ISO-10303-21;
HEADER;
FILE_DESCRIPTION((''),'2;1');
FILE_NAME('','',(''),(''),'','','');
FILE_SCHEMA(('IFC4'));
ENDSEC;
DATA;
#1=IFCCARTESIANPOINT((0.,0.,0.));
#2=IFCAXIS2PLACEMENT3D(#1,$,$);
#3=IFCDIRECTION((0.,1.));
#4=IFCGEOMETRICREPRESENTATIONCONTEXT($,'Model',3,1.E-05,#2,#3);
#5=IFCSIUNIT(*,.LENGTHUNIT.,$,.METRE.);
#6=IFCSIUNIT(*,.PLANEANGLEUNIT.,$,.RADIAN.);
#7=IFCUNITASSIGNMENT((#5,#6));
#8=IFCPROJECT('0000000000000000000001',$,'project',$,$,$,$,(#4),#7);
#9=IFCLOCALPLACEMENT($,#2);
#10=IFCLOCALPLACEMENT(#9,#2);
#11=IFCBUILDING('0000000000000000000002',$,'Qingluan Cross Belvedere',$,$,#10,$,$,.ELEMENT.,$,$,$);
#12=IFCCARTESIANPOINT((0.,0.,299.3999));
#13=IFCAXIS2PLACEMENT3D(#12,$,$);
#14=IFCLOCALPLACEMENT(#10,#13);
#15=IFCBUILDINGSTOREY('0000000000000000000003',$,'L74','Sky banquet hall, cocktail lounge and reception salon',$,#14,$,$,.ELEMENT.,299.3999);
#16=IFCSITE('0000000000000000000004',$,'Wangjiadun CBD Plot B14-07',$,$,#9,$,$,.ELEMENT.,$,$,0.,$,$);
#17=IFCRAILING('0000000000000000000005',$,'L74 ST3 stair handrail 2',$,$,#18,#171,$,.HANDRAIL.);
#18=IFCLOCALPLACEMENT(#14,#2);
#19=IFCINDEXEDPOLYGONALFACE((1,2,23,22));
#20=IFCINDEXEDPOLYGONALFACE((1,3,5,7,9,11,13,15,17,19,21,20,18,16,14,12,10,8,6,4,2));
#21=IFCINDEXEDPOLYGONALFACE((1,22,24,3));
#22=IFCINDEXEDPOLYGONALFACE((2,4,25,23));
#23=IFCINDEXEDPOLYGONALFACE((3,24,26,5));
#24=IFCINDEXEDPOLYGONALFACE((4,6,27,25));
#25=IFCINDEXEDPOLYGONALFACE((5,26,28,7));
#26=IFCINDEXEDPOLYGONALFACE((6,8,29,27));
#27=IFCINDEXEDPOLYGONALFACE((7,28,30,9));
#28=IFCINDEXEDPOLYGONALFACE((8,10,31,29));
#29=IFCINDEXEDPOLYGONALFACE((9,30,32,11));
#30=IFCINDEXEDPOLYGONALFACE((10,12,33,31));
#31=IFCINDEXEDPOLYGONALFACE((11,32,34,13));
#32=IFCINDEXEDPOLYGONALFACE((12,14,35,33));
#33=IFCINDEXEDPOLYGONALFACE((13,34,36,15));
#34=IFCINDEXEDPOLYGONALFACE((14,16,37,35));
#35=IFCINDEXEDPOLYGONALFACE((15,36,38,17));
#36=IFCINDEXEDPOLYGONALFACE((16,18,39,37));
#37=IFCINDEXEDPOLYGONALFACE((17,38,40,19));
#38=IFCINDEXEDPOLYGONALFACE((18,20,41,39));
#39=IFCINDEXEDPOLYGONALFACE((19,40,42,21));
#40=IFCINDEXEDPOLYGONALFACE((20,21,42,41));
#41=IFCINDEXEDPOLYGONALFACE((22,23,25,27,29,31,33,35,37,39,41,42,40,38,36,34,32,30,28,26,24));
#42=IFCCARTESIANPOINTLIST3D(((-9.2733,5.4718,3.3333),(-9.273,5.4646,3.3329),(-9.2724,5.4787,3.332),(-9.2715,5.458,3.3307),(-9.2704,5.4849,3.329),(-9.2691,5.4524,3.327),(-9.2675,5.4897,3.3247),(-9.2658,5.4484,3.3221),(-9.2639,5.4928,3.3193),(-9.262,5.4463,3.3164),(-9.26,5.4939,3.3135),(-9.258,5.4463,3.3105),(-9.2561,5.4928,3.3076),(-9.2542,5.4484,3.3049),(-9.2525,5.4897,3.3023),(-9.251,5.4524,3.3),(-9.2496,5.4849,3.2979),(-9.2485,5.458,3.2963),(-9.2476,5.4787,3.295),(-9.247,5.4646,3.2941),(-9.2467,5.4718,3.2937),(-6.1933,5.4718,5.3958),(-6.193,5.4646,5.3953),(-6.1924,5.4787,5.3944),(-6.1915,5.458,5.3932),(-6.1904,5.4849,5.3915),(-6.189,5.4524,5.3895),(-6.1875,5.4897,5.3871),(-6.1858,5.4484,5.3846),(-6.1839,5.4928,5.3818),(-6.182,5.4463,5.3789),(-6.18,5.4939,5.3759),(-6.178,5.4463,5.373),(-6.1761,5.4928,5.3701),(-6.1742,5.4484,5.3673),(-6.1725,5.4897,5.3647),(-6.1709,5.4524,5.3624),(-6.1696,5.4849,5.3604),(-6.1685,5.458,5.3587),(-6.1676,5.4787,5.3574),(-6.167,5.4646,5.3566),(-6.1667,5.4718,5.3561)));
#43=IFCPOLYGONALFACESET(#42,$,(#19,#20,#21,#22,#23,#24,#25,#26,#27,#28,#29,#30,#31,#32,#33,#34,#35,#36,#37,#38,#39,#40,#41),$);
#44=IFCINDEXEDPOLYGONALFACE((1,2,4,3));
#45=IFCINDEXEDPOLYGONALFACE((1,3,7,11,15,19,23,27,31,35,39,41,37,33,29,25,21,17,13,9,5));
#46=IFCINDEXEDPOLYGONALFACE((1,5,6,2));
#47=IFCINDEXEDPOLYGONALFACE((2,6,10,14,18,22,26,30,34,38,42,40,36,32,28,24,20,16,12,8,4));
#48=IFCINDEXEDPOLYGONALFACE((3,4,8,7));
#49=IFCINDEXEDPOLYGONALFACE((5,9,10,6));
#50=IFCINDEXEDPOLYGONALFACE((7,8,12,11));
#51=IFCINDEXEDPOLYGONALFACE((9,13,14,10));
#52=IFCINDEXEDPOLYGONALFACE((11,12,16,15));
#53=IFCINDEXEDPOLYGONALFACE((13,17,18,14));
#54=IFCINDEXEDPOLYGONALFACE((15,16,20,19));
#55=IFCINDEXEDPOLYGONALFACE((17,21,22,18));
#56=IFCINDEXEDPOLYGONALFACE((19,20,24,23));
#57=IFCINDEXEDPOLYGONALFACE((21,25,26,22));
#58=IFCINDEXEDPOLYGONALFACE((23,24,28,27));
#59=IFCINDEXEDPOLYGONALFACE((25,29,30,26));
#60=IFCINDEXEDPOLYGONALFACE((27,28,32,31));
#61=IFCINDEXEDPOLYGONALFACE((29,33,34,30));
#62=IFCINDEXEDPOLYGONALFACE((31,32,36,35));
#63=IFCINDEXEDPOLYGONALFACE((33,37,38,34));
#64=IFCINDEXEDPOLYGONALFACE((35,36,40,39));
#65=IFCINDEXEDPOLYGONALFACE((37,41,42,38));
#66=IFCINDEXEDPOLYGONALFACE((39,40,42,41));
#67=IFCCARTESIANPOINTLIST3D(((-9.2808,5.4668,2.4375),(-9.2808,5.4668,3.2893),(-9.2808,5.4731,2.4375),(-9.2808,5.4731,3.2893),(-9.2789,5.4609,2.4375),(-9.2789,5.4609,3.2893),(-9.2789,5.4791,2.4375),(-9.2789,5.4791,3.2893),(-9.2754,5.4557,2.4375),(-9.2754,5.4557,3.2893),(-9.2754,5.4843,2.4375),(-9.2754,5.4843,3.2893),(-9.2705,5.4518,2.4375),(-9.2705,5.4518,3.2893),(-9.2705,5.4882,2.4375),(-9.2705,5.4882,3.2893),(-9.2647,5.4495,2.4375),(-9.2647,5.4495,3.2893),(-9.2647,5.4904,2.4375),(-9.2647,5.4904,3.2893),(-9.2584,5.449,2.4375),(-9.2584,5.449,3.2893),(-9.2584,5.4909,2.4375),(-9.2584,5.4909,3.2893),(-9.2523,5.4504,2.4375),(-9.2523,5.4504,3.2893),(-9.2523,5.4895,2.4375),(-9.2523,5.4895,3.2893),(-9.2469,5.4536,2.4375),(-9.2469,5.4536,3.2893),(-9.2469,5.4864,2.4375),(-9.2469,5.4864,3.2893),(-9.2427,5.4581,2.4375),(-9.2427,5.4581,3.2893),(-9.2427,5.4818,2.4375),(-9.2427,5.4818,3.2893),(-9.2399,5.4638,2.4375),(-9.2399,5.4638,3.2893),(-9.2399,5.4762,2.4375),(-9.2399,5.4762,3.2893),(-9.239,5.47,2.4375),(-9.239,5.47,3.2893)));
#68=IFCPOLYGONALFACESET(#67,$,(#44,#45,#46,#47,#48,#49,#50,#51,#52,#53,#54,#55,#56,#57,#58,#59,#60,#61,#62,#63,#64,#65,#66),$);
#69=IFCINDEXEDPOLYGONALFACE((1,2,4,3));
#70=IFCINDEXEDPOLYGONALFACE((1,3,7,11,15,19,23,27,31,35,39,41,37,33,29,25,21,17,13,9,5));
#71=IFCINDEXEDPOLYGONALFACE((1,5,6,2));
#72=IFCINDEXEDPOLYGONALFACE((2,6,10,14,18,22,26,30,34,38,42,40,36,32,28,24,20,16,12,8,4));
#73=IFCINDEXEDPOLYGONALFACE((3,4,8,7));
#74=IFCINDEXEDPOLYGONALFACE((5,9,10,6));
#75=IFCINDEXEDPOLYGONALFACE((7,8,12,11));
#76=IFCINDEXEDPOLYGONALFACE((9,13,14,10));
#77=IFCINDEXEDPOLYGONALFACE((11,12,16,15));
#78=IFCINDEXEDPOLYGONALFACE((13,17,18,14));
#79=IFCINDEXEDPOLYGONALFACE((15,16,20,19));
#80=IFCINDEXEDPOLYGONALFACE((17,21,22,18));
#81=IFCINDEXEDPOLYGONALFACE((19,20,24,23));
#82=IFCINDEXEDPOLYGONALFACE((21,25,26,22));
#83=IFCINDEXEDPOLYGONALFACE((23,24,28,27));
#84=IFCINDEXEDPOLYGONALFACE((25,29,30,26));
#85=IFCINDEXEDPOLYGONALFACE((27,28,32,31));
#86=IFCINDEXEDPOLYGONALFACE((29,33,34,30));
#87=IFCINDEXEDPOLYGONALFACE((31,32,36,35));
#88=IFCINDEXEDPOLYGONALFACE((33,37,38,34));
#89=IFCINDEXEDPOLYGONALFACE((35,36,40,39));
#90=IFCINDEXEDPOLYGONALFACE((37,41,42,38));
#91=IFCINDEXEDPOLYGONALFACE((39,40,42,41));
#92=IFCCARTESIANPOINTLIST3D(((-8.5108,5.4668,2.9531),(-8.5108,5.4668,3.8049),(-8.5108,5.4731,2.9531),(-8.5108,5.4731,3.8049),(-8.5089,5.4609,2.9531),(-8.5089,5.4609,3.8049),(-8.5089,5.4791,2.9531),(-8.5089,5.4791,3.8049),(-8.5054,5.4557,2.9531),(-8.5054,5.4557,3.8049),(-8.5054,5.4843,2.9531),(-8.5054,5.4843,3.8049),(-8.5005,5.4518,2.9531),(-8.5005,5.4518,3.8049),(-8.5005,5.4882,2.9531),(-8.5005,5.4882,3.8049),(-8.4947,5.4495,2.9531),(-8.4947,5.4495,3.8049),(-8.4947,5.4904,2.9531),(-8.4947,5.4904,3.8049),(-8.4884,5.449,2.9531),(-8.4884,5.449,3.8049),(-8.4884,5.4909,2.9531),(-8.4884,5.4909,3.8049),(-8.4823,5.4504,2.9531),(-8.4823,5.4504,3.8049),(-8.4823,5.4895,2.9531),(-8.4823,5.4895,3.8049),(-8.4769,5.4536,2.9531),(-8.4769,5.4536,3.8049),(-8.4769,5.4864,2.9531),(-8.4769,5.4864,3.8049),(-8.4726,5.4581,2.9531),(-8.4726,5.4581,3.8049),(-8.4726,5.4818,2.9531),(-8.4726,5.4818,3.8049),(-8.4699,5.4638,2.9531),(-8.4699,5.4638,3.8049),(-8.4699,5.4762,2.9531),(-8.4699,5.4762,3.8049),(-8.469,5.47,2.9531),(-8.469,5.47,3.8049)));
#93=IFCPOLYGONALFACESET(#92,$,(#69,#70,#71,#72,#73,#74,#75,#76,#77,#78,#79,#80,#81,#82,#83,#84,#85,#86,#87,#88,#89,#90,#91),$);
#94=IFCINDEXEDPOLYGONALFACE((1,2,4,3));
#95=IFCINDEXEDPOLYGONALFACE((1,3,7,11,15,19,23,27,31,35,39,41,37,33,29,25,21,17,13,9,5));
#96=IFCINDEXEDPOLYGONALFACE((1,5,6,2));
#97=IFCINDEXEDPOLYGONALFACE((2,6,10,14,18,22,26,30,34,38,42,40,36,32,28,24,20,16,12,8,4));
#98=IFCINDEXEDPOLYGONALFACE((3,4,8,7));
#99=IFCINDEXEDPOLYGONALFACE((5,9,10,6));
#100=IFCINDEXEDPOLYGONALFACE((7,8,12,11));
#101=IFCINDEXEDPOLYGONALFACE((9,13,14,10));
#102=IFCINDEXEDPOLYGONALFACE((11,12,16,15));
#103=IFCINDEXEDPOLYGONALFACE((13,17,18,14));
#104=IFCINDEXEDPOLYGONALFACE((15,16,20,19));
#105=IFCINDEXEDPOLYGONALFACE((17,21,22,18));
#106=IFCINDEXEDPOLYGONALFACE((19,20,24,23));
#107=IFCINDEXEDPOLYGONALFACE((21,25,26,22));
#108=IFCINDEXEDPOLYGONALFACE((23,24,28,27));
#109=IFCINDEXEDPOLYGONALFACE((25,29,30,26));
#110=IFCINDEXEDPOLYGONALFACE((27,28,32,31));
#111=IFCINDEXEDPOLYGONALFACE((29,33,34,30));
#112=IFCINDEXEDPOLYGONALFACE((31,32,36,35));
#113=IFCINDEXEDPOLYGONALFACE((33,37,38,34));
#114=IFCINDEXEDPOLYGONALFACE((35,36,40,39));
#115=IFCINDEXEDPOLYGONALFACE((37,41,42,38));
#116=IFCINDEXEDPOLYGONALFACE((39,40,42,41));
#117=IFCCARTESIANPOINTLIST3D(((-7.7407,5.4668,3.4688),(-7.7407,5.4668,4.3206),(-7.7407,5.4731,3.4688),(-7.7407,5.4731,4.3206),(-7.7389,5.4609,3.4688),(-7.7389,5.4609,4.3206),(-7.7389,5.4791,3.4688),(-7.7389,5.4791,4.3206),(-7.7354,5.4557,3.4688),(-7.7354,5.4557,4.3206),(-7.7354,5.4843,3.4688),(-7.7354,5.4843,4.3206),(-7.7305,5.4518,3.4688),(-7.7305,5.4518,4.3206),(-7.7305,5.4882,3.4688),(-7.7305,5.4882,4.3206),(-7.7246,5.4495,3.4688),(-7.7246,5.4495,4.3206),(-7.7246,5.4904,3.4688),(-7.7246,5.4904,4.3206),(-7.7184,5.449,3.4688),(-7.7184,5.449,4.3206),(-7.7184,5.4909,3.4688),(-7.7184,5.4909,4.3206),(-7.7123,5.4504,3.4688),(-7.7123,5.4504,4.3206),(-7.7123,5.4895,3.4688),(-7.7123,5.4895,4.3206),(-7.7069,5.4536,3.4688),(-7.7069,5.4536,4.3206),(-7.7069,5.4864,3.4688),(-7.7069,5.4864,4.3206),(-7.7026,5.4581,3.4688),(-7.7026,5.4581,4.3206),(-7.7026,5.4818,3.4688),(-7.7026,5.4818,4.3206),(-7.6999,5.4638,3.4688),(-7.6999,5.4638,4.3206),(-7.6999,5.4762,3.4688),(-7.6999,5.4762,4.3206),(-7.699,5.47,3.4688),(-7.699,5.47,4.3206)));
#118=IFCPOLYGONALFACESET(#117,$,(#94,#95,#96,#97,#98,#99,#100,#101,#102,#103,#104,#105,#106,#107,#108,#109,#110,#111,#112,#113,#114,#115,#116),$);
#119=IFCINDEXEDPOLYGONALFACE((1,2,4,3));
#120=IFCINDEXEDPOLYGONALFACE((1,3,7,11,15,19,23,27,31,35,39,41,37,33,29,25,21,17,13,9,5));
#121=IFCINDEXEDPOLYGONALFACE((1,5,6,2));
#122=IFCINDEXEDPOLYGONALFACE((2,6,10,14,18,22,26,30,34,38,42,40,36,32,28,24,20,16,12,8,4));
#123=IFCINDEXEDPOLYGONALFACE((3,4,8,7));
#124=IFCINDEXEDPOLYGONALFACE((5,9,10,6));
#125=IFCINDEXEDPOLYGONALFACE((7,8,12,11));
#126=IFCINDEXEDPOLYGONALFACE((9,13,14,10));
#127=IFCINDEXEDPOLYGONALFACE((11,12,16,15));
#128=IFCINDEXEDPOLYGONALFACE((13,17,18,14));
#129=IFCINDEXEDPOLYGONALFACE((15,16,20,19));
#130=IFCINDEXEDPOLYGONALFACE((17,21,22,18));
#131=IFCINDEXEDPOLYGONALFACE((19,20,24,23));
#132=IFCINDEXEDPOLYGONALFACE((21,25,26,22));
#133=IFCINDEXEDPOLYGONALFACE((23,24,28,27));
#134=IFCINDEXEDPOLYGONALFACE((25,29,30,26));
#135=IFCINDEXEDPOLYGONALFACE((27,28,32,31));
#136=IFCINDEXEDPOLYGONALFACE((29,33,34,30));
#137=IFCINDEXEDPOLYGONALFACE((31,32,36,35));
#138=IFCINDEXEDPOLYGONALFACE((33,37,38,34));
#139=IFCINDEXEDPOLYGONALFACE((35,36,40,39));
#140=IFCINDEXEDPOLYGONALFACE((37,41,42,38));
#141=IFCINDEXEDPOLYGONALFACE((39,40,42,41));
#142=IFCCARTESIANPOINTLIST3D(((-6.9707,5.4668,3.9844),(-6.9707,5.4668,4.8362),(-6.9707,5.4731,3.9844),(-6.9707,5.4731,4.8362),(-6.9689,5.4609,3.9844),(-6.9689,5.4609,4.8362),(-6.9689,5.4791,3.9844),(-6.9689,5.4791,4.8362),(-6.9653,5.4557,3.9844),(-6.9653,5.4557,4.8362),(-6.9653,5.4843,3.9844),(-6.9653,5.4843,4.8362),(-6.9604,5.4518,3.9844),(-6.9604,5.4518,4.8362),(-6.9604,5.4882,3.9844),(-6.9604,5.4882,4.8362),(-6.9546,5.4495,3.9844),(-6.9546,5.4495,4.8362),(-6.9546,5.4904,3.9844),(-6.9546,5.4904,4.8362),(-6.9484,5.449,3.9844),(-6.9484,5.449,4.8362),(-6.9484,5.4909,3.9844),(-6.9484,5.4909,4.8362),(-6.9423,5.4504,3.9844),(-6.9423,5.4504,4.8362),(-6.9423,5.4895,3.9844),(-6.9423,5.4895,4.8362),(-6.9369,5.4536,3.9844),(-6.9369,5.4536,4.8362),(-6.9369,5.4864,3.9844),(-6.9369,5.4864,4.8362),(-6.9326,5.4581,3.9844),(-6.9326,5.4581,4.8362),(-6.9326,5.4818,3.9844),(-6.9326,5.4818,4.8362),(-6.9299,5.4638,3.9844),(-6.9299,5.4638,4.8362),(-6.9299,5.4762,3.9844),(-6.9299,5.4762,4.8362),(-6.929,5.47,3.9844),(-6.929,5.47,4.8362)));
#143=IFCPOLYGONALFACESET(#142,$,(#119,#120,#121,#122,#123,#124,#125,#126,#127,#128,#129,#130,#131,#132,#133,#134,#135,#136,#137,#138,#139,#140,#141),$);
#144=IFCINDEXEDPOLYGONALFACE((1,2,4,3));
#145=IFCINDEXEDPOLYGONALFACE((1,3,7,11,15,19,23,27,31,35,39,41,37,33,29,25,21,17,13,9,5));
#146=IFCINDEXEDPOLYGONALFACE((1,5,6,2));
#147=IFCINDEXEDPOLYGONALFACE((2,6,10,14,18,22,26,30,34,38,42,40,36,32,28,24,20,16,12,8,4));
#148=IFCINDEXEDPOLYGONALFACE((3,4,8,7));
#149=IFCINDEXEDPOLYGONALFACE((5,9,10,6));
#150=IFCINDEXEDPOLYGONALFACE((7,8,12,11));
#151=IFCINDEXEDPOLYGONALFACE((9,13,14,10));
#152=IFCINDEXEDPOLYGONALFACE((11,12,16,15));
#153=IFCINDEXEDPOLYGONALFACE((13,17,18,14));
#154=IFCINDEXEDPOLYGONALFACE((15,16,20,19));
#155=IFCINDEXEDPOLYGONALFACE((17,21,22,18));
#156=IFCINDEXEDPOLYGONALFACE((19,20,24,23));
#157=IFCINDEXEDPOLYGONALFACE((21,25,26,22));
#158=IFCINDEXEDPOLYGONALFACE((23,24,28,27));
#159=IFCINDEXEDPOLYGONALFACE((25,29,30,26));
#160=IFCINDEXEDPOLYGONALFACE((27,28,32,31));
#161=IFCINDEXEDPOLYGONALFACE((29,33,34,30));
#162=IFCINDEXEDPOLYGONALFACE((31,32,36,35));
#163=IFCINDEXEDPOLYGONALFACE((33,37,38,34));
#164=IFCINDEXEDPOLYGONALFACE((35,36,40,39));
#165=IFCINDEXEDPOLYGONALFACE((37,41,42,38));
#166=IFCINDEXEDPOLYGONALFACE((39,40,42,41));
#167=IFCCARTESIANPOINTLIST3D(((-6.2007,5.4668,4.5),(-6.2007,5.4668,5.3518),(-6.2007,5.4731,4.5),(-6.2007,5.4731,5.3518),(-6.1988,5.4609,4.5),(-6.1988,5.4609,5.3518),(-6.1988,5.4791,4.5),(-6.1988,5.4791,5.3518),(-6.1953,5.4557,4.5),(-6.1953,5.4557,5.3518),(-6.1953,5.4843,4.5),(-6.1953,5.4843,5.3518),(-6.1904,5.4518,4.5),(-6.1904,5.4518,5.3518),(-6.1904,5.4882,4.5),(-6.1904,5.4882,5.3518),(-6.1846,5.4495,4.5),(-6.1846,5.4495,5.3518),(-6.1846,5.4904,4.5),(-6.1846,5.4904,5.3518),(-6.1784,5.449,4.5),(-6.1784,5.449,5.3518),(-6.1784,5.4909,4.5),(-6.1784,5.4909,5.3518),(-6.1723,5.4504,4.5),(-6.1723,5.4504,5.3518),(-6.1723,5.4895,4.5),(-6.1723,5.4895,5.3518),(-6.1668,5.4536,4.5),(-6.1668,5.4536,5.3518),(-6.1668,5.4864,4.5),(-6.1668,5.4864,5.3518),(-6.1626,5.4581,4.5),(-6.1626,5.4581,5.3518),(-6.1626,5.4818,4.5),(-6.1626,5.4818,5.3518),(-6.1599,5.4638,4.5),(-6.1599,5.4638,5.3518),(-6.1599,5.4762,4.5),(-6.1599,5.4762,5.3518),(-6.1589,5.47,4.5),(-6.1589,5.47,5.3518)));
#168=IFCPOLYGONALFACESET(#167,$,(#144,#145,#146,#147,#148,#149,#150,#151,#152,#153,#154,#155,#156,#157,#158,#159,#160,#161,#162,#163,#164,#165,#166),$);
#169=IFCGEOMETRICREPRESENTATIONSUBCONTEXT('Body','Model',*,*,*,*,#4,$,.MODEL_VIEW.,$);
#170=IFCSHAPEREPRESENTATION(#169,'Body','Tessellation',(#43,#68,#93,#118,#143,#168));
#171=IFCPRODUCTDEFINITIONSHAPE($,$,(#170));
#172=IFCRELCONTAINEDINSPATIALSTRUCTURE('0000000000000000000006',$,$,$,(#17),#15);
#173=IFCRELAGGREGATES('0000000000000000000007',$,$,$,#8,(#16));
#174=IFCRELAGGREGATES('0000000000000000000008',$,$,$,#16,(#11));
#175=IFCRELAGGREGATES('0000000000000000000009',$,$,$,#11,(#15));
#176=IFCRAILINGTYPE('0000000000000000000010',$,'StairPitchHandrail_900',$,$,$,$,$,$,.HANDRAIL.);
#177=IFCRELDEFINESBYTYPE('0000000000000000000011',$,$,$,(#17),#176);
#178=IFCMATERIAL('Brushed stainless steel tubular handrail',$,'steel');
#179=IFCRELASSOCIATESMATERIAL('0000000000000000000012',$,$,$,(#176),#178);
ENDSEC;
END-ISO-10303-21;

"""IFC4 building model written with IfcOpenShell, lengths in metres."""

from ifc_helpers import new_model, si_unit, direction, frame, origin, origin_2d, place, context, subcontext, project, spatial, circle, extrude, material, type_object, element, save


model = new_model("IFC4")

# Units and contexts
model_context = context("Model", 3, precision=1e-05, world=origin(), true_north=direction((0.0, 1.0)))
body_context = subcontext(model_context, "Body", "Model", "MODEL_VIEW")
ifc_project = project(units=[si_unit("LENGTHUNIT", "METRE"), si_unit("PLANEANGLEUNIT", "RADIAN")], contexts=[model_context])

# Site, building, storey
site_placement = place(None, origin())
site = spatial("IfcSite", under=ifc_project, at=site_placement, Name="Wangjiadun CBD Plot B14-07", CompositionType="ELEMENT", RefElevation=0.0)
building_placement = place(site_placement, origin())
building = spatial("IfcBuilding", under=site, at=building_placement, Name="Qingluan Cross Belvedere", CompositionType="ELEMENT")
storey_placement = place(building_placement, frame((0.0, 0.0, 299.3999)))
storey = spatial("IfcBuildingStorey", under=building, at=storey_placement, Name="L74", Description="Sky banquet hall, cocktail lounge and reception salon", CompositionType="ELEMENT", Elevation=299.3999)

# Railing
ifc_material_1 = material(Name="Brushed stainless steel tubular handrail", Category="steel")
railing_type_1 = type_object("IfcRailingType", Name="StairPitchHandrail_900", PredefinedType="HANDRAIL", material=ifc_material_1)
railing_1_placement = place(storey_placement, frame((-9.26, 5.47, 2.4375)))
element("IfcRailing", 1, at=railing_1_placement, inside=storey, type_object=railing_type_1, Name="L74 ST3 stair handrail 2", PredefinedType="HANDRAIL", context=body_context, shape_type="SweptSolid", body=[
    extrude(circle(Radius=0.0239, at=origin_2d()), frame((0.0, 0.0, 0.876), z_axis=(0.830914, 0.0, 0.556401), x_axis=(0.0, 1.0, 0.0)), (0.0, 0.0, 1.0), 3.7068),
    extrude(circle(Radius=0.021, at=origin_2d()), origin(), (0.0, 0.0, 1.0), 0.8518),
    extrude(circle(Radius=0.021, at=origin_2d()), frame((0.77, 0.0, 0.5156)), (0.0, 0.0, 1.0), 0.8518),
    extrude(circle(Radius=0.021, at=origin_2d()), frame((1.54, 0.0, 1.0312)), (0.0, 0.0, 1.0), 0.8518),
    extrude(circle(Radius=0.021, at=origin_2d()), frame((2.3101, 0.0, 1.5469)), (0.0, 0.0, 1.0), 0.8518),
    extrude(circle(Radius=0.021, at=origin_2d()), frame((3.0801, 0.0, 2.0625)), (0.0, 0.0, 1.0), 0.8518),
])

save(model, "model.ifc")
